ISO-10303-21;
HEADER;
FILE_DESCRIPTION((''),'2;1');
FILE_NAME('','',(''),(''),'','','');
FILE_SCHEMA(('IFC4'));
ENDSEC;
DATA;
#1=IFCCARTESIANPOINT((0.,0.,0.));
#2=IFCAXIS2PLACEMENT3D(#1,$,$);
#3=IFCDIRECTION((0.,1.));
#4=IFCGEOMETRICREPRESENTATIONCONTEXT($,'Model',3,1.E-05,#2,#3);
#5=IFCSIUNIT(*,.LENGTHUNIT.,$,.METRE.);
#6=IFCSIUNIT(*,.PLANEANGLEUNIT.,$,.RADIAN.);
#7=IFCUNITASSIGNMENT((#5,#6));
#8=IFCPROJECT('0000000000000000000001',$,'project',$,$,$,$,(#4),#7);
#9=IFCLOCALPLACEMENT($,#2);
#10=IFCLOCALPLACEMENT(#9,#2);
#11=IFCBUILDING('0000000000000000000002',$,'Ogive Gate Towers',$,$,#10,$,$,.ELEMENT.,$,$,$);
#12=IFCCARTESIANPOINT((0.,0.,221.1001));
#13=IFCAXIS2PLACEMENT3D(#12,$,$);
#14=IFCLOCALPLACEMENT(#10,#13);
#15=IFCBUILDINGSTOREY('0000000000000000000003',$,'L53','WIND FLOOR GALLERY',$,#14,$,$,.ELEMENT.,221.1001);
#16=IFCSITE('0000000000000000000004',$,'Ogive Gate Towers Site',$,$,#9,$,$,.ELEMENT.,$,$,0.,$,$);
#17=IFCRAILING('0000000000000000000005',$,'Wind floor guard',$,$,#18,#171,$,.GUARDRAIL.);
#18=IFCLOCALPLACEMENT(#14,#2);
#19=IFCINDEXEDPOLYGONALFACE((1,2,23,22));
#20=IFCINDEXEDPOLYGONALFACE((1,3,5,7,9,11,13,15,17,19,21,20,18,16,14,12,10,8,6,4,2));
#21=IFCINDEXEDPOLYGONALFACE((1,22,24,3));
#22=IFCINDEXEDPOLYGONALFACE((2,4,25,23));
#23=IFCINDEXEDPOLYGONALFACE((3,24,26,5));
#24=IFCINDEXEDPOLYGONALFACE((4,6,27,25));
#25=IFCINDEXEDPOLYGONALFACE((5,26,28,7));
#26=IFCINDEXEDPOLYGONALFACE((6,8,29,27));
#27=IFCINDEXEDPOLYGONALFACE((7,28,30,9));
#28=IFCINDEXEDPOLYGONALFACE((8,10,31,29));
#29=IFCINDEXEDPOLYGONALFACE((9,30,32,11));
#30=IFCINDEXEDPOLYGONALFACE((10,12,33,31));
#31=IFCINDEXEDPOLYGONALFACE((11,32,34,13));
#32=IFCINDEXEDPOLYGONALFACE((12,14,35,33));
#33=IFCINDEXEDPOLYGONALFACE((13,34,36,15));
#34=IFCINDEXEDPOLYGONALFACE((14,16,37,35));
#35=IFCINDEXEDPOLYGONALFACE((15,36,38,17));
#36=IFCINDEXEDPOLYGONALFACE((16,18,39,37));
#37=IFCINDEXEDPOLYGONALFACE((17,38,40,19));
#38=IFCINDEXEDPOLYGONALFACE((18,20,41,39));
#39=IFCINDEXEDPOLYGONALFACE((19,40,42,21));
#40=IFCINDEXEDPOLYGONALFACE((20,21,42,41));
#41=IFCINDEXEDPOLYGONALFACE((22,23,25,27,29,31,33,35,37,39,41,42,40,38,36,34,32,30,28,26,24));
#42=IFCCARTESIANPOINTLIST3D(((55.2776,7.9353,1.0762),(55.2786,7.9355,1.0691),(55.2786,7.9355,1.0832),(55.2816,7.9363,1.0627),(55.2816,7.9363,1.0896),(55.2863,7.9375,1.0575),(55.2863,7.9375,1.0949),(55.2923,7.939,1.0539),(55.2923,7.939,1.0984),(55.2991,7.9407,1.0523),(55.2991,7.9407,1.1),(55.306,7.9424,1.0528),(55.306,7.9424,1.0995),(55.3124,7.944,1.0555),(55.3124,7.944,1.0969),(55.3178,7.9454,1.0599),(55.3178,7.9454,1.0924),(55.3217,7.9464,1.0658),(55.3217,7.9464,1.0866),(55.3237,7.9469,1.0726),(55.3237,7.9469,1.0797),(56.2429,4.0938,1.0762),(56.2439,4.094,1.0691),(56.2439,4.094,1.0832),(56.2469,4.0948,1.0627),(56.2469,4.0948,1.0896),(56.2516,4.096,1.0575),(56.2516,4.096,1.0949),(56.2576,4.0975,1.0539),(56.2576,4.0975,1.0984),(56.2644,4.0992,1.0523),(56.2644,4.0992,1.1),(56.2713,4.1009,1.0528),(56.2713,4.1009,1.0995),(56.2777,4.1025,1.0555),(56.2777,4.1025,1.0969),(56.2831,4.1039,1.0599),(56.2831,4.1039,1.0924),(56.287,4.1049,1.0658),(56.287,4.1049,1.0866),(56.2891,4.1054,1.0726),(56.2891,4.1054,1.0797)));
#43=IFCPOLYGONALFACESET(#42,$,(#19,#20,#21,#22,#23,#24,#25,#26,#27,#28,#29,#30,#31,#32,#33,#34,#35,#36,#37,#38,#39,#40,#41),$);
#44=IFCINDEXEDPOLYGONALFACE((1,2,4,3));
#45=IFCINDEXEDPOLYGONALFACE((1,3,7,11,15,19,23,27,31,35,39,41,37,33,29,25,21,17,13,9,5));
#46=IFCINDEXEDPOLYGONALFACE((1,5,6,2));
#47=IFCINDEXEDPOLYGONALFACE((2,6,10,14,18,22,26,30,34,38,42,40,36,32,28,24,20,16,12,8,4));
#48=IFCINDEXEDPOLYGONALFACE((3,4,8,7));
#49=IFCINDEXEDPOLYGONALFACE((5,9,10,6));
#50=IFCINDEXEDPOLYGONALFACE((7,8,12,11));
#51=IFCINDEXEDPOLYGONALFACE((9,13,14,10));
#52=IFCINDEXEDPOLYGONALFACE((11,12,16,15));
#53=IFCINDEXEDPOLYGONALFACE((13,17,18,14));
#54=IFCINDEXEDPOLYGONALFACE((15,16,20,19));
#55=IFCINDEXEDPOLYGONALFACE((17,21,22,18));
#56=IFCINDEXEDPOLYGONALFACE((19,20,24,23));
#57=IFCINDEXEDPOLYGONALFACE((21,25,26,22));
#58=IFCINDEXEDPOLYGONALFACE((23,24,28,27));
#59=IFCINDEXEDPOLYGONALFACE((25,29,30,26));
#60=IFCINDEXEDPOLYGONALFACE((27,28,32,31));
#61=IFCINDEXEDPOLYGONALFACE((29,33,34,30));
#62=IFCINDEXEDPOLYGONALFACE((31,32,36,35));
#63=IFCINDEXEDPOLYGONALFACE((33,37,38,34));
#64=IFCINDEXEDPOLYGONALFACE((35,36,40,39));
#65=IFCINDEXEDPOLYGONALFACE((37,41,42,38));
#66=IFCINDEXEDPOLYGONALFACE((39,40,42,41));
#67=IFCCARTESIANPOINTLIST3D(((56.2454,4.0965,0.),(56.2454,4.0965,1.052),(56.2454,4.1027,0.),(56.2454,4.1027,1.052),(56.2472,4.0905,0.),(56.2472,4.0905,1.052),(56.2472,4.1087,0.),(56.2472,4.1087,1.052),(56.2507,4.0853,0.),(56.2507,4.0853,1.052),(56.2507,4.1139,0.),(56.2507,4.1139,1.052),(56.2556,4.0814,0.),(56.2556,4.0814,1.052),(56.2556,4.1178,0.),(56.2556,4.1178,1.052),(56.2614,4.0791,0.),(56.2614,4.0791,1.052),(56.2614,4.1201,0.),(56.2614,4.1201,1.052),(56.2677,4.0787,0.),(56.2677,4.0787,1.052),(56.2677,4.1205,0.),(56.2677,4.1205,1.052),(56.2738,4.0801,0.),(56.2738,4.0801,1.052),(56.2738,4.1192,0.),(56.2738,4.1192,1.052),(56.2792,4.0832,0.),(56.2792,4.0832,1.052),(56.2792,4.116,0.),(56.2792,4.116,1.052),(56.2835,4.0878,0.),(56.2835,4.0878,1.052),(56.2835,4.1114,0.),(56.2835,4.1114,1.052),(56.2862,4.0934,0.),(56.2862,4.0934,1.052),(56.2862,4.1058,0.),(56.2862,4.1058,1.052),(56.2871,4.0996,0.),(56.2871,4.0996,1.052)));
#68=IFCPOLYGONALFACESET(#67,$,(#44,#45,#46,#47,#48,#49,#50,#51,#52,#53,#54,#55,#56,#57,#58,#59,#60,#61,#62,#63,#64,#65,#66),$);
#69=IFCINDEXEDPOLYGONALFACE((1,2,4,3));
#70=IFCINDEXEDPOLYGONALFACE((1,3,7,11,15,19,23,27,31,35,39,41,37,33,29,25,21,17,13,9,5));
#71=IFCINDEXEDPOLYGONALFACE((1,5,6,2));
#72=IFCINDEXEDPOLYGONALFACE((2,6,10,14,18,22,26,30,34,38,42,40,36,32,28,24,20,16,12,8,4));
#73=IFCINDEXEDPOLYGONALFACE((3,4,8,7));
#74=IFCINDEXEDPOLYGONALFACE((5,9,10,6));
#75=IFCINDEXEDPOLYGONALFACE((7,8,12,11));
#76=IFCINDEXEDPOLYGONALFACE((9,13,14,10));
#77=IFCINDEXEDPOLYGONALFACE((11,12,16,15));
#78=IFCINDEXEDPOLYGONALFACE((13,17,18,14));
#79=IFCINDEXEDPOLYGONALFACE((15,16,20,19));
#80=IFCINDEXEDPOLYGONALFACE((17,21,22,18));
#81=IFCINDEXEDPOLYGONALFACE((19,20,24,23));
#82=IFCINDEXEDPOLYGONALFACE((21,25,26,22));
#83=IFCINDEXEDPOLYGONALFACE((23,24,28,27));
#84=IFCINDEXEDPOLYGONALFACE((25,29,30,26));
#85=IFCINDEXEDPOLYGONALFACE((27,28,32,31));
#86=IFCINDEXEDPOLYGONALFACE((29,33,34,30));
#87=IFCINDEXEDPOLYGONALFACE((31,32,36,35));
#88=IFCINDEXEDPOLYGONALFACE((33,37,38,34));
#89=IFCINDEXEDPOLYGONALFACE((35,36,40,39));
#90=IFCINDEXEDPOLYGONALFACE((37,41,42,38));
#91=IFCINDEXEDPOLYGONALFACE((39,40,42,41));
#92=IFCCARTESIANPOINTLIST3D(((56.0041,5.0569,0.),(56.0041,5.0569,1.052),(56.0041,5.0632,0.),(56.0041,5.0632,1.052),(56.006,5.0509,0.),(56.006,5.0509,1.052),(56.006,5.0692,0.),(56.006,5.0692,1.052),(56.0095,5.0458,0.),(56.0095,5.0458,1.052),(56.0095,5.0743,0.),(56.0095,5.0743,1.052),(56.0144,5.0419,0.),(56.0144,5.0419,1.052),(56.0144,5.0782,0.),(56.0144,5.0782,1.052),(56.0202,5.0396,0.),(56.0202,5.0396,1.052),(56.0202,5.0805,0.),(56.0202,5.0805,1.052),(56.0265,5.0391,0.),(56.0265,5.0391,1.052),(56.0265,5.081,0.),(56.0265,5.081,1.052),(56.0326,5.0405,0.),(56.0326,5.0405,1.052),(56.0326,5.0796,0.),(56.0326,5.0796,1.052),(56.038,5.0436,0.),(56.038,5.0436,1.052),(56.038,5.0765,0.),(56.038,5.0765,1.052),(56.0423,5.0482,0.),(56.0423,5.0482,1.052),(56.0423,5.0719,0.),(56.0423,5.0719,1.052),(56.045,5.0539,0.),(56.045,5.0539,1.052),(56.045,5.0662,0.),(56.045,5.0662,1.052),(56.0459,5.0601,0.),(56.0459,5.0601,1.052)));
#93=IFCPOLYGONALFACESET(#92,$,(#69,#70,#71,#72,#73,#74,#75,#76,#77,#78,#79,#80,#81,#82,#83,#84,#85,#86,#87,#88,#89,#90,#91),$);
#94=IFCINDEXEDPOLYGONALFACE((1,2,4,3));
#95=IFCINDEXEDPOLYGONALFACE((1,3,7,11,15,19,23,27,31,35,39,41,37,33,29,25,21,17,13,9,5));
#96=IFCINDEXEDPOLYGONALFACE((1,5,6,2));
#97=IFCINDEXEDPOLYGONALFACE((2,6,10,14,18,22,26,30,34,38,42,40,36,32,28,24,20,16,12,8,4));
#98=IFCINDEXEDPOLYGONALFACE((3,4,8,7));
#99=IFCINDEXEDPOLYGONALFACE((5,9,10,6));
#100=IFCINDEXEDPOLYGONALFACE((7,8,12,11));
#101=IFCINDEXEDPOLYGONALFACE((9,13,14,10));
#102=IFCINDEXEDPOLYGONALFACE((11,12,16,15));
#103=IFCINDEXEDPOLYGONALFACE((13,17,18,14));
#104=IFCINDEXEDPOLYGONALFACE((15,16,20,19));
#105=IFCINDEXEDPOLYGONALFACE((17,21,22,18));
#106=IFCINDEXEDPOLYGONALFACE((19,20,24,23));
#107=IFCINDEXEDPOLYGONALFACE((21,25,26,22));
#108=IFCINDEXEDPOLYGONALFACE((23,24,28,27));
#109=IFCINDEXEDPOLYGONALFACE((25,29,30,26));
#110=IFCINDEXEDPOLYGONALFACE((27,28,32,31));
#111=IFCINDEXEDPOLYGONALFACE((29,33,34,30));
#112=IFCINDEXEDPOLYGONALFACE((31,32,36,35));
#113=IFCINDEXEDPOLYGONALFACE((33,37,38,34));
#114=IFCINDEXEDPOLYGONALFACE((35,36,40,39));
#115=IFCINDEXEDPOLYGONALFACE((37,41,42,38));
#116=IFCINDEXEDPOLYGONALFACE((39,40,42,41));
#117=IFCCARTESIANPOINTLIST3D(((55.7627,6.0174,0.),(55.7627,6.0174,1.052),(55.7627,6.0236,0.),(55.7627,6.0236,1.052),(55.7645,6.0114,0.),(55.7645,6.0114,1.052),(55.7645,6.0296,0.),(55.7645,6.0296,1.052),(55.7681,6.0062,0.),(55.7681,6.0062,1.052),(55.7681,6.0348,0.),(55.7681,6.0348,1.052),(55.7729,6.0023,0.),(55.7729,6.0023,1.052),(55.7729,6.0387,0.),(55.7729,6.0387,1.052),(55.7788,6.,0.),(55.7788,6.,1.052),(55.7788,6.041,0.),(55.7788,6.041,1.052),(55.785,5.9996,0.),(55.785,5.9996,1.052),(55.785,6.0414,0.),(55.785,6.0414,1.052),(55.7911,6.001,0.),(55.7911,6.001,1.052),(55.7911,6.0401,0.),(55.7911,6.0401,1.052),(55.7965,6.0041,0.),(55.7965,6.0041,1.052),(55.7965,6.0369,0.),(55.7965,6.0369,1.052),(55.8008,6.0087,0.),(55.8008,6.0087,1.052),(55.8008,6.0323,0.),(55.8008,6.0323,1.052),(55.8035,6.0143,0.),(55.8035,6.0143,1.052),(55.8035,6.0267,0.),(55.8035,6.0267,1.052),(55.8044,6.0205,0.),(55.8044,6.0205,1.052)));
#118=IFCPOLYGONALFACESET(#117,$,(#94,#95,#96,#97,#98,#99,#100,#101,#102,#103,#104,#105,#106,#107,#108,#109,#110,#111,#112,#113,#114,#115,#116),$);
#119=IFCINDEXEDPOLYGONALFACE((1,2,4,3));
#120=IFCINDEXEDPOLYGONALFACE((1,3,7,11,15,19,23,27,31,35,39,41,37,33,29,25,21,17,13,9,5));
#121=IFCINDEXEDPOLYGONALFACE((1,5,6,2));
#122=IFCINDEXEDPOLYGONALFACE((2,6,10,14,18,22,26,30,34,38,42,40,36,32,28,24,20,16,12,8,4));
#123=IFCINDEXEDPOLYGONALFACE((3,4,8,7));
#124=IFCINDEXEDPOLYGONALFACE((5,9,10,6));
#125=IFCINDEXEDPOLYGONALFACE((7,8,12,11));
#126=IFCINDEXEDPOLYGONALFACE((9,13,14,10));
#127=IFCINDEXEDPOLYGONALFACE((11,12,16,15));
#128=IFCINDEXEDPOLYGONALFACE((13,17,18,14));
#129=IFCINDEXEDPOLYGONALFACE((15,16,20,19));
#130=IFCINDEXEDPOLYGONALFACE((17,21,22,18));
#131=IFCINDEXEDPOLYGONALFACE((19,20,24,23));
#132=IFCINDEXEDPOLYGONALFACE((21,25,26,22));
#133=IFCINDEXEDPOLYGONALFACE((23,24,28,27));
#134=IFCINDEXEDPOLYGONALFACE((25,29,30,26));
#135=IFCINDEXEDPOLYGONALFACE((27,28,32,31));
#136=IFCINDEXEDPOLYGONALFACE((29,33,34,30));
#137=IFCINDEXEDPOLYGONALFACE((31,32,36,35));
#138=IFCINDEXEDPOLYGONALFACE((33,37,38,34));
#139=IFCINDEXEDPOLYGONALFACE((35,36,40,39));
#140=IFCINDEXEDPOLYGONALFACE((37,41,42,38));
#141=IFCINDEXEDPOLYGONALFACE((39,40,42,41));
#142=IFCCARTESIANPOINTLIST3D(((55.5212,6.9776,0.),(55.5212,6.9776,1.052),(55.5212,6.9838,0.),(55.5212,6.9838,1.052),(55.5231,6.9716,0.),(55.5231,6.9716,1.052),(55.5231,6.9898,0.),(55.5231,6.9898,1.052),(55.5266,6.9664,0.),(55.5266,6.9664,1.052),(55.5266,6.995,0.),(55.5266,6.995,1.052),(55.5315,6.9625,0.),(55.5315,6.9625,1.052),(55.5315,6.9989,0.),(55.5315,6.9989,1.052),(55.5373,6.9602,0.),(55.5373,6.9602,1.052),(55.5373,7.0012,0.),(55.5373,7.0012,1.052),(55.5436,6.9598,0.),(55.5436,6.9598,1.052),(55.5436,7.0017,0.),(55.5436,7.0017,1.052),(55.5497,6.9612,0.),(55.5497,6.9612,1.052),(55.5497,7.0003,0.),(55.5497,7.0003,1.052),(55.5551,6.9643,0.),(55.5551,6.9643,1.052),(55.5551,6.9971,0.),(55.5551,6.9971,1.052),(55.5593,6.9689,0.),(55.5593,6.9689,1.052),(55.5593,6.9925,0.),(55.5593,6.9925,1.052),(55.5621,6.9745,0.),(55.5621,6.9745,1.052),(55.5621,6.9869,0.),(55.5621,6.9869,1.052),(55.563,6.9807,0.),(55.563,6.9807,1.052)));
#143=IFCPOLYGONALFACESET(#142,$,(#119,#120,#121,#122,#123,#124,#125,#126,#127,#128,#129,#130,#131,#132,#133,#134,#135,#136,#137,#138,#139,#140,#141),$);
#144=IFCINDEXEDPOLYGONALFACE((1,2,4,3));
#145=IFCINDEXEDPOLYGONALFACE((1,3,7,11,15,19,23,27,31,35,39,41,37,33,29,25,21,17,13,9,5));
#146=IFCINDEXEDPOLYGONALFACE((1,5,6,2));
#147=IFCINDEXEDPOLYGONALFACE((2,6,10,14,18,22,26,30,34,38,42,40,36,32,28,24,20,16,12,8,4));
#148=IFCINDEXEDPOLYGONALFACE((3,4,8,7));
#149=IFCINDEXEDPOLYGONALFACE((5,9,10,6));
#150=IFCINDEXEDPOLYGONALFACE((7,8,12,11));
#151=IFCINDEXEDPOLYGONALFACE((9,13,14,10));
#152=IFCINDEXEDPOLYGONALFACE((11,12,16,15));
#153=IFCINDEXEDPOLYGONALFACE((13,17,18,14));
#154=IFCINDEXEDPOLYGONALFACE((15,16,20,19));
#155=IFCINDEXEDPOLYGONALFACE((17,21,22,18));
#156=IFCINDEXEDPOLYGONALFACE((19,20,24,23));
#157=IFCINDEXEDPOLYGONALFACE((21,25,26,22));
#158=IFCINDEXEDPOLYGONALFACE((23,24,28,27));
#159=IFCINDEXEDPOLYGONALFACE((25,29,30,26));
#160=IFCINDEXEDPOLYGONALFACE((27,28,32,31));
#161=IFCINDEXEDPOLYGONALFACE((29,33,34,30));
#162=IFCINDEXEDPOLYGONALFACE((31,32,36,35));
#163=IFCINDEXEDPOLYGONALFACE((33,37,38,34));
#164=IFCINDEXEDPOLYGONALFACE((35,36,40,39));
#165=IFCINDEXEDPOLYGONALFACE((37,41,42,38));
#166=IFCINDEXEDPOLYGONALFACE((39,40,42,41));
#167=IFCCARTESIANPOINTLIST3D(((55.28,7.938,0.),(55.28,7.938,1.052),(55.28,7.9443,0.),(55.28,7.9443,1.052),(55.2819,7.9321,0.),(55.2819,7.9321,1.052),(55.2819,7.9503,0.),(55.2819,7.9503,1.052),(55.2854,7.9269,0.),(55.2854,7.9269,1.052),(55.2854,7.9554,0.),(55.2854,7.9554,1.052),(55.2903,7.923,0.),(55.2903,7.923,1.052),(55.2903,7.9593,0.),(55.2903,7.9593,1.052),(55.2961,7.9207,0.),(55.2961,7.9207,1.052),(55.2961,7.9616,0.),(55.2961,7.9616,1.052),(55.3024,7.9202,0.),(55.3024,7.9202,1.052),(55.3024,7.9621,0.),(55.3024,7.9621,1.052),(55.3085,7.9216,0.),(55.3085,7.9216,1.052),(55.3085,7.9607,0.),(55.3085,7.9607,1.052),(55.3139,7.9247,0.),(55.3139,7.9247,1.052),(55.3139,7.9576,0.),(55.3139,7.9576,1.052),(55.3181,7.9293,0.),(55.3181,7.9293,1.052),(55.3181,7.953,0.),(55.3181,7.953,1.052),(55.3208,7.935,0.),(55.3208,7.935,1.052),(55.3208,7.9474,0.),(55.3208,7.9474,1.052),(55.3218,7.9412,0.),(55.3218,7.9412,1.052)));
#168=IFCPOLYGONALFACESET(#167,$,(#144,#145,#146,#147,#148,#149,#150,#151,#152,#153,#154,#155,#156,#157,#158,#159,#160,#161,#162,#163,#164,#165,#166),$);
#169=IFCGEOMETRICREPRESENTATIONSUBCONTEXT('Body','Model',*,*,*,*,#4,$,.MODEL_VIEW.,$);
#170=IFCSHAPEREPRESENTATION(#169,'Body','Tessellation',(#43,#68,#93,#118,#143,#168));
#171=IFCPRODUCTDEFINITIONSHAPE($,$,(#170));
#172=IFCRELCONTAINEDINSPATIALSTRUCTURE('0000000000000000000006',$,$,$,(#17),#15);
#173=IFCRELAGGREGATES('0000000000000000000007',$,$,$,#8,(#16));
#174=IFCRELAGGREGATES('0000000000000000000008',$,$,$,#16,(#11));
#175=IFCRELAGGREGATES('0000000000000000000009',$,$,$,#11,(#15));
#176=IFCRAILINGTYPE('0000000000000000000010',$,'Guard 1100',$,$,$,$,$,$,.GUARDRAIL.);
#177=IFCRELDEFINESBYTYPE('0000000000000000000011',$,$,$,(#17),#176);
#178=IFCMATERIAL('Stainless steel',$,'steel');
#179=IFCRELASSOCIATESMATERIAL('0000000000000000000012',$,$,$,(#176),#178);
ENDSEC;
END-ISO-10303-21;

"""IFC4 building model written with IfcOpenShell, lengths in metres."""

from ifc_helpers import new_model, si_unit, direction, frame, origin, origin_2d, place, context, subcontext, project, spatial, circle, extrude, material, type_object, element, save


model = new_model("IFC4")

# Units and contexts
model_context = context("Model", 3, precision=1e-05, world=origin(), true_north=direction((0.0, 1.0)))
body_context = subcontext(model_context, "Body", "Model", "MODEL_VIEW")
ifc_project = project(units=[si_unit("LENGTHUNIT", "METRE"), si_unit("PLANEANGLEUNIT", "RADIAN")], contexts=[model_context])

# Site, building, storey
site_placement = place(None, origin())
site = spatial("IfcSite", under=ifc_project, at=site_placement, Name="Ogive Gate Towers Site", CompositionType="ELEMENT", RefElevation=0.0)
building_placement = place(site_placement, origin())
building = spatial("IfcBuilding", under=site, at=building_placement, Name="Ogive Gate Towers", CompositionType="ELEMENT")
storey_placement = place(building_placement, frame((0.0, 0.0, 221.1001)))
storey = spatial("IfcBuildingStorey", under=building, at=storey_placement, Name="L53", Description="WIND FLOOR GALLERY", CompositionType="ELEMENT", Elevation=221.1001)

# Railing
ifc_material_1 = material(Name="Stainless steel", Category="steel")
railing_type_1 = type_object("IfcRailingType", Name="Guard 1100", PredefinedType="GUARDRAIL", material=ifc_material_1)
railing_1_placement = place(storey_placement, frame((56.2661, 4.0996, 0.0)))
element("IfcRailing", 1, at=railing_1_placement, inside=storey, type_object=railing_type_1, Name="Wind floor guard", PredefinedType="GUARDRAIL", context=body_context, shape_type="SweptSolid", body=[
    extrude(circle(Radius=0.0239, at=origin_2d()), frame((0.0, 0.0, 1.0762), z_axis=(-0.24371, 0.969848, 0.0), x_axis=(-0.969848, -0.24371, 0.0)), (0.0, 0.0, 1.0), 3.9609),
    extrude(circle(Radius=0.021, at=origin_2d()), origin(), (0.0, 0.0, 1.0), 1.052),
    extrude(circle(Radius=0.021, at=origin_2d()), frame((-0.2412, 0.9604, 0.0)), (0.0, 0.0, 1.0), 1.052),
    extrude(circle(Radius=0.021, at=origin_2d()), frame((-0.4827, 1.9209, 0.0)), (0.0, 0.0, 1.0), 1.052),
    extrude(circle(Radius=0.021, at=origin_2d()), frame((-0.7241, 2.8811, 0.0)), (0.0, 0.0, 1.0), 1.052),
    extrude(circle(Radius=0.021, at=origin_2d()), frame((-0.9653, 3.8416, 0.0)), (0.0, 0.0, 1.0), 1.052),
])

save(model, "model.ifc")
